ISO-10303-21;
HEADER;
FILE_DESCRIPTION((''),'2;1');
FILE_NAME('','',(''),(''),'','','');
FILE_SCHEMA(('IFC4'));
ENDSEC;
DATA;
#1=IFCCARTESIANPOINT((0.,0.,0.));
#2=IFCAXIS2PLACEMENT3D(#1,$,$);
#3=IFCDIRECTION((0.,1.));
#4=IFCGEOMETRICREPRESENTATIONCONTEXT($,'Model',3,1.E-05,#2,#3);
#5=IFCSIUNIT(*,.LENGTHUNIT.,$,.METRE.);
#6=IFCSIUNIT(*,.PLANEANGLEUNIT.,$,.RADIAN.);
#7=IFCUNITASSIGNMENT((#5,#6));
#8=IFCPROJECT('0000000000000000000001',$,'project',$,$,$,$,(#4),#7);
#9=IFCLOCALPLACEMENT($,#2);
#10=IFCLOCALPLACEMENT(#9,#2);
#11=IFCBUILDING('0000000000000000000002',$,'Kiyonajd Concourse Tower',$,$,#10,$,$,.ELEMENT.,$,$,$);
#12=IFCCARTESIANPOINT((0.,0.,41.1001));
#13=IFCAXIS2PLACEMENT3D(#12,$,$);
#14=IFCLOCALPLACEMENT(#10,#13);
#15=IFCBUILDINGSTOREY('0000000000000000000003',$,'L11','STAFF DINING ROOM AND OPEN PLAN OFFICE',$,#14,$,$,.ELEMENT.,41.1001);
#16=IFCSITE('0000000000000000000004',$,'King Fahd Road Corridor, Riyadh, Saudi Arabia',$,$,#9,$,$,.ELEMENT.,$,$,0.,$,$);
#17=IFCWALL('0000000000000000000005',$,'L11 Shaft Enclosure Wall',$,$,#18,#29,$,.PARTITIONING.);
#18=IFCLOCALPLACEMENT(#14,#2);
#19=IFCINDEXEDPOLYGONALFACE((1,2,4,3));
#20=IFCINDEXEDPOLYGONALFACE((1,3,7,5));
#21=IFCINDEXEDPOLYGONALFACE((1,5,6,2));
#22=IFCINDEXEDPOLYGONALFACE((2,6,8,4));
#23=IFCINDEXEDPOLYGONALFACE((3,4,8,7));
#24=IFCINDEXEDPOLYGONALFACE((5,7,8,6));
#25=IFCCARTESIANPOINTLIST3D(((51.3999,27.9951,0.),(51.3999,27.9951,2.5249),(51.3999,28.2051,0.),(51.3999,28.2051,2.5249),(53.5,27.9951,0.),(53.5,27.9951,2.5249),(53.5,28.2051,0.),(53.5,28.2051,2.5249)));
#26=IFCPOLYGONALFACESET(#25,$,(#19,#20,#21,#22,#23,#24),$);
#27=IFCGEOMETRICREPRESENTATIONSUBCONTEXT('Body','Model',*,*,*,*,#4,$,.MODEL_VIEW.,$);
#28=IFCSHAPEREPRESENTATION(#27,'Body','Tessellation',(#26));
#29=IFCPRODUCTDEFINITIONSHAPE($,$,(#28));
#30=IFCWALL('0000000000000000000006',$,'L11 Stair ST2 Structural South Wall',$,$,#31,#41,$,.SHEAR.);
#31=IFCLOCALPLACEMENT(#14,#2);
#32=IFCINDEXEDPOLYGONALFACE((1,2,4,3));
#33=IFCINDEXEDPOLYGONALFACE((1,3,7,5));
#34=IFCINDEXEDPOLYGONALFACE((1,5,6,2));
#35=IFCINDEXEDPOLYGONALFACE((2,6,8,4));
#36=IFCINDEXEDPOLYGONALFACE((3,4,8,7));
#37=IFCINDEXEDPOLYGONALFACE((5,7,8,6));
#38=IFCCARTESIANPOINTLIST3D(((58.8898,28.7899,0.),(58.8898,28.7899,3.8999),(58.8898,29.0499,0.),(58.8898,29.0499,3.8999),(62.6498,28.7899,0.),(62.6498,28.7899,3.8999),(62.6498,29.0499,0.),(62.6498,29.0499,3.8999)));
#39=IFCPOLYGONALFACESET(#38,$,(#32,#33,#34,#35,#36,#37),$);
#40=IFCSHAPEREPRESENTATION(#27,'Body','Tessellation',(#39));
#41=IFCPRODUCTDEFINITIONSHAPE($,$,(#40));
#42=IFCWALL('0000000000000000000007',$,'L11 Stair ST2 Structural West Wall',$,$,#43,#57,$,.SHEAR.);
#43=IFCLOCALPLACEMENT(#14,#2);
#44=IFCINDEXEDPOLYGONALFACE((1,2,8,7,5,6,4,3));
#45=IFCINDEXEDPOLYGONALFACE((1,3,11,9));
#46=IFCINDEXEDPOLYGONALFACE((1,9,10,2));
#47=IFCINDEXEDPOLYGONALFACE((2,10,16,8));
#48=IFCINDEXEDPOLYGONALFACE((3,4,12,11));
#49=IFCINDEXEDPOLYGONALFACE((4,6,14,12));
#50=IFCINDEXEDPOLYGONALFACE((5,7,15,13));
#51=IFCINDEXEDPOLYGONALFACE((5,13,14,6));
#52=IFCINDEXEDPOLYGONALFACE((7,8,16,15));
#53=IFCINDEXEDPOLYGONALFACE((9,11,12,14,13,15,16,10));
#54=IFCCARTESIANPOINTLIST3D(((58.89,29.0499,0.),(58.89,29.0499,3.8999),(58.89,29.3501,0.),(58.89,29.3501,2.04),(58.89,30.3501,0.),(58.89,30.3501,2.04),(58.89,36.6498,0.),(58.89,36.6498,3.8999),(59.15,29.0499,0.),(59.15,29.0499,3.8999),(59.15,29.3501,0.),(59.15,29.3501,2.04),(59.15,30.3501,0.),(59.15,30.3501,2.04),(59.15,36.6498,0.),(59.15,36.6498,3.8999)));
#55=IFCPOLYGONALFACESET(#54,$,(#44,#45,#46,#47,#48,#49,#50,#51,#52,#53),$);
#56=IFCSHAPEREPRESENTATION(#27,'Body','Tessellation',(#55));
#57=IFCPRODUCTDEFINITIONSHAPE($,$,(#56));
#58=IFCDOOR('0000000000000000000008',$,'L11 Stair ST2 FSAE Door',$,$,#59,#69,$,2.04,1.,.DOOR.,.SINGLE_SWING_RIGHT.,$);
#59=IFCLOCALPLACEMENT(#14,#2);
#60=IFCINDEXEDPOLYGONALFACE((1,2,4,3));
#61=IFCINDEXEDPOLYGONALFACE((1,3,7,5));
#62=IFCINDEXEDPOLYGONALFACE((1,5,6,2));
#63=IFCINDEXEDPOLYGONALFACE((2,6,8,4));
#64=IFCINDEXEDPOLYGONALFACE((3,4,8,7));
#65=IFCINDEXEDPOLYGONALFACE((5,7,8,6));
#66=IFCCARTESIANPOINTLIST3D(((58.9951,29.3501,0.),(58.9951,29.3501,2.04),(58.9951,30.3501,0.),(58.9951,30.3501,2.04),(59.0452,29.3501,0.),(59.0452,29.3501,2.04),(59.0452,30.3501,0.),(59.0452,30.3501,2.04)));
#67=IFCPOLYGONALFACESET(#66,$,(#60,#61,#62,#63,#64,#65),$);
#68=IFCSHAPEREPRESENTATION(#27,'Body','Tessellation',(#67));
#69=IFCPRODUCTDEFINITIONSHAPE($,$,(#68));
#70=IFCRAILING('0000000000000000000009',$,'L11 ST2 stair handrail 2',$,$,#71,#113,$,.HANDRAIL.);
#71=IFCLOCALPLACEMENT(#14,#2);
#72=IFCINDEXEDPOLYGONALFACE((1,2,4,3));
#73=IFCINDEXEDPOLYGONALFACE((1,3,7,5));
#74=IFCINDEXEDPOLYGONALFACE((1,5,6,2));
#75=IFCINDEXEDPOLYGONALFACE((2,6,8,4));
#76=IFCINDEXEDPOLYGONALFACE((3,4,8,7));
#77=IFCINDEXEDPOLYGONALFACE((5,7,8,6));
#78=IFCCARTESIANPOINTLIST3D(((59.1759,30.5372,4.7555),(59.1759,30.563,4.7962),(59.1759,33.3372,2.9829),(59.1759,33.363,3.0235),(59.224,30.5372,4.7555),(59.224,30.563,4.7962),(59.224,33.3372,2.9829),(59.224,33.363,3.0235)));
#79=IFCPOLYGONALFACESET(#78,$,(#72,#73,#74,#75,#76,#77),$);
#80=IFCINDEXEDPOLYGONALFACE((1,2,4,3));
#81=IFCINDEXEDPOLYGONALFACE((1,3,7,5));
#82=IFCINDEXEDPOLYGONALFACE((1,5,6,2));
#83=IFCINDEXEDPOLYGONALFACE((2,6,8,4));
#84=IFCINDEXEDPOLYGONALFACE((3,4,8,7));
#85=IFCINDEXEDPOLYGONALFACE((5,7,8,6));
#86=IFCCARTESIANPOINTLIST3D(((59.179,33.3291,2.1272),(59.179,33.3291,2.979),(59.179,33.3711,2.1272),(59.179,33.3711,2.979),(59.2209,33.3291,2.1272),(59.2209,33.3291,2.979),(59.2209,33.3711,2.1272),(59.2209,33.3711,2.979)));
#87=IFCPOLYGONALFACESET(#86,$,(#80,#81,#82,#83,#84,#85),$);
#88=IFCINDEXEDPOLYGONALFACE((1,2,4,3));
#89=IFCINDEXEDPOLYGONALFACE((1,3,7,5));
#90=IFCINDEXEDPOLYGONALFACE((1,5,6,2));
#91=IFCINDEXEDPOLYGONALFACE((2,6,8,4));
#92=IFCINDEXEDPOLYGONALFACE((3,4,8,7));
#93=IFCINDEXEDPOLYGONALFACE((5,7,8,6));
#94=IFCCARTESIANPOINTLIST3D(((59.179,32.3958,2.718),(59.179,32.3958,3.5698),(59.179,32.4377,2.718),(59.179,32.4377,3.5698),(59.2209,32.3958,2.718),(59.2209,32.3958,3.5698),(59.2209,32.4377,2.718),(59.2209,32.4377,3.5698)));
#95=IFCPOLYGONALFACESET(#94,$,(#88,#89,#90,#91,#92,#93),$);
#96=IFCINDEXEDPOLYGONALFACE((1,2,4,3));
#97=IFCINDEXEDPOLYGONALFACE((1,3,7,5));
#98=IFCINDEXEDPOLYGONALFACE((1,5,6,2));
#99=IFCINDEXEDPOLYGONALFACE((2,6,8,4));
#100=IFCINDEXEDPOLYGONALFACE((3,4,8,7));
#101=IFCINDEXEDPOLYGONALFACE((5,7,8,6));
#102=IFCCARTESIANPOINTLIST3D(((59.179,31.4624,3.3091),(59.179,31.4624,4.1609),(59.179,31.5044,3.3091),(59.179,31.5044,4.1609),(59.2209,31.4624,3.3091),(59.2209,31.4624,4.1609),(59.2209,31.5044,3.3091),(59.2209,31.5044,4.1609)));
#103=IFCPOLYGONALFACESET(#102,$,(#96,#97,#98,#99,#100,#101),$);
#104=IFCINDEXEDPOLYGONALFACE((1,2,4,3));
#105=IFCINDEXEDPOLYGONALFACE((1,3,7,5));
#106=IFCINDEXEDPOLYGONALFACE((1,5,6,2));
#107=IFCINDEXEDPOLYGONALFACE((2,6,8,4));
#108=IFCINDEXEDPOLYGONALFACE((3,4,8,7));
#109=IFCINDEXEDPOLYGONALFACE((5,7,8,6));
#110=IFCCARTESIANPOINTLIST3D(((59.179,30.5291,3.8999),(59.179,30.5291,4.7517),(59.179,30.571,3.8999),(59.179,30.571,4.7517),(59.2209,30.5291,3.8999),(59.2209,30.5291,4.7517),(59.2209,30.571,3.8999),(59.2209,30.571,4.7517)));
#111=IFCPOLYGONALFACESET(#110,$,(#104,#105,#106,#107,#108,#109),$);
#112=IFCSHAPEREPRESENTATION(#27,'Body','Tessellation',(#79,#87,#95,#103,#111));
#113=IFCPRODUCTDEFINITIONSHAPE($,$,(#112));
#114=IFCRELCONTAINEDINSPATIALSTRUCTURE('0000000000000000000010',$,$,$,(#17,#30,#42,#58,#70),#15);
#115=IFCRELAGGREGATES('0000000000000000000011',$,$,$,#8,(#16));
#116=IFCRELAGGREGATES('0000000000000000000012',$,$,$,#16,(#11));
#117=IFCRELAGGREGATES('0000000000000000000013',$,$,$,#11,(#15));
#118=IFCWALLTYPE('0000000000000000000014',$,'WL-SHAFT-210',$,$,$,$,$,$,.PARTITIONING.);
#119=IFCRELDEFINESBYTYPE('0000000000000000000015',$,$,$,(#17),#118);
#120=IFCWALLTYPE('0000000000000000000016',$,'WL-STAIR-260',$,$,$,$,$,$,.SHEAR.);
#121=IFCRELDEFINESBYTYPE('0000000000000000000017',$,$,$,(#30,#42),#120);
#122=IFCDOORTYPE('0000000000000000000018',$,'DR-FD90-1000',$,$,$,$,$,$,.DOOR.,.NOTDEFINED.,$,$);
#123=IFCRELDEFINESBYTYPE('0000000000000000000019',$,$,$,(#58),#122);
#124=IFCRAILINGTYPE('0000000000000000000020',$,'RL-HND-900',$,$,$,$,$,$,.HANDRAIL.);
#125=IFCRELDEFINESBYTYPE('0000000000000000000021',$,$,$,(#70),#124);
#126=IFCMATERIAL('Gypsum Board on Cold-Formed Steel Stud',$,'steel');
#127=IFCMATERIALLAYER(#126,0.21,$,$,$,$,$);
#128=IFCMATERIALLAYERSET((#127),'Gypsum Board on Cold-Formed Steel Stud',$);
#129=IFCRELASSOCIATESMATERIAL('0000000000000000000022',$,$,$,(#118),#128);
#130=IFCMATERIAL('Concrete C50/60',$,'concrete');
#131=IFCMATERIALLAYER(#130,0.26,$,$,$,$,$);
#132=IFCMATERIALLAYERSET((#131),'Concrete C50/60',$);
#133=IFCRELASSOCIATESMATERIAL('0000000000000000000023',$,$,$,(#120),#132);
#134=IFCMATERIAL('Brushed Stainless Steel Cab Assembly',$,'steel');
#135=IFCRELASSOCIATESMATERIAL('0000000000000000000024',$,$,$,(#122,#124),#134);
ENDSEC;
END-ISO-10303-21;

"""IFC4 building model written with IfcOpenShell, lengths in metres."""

from ifc_helpers import new_model, si_unit, direction, frame, frame_2d, origin, origin_2d, place, context, subcontext, project, spatial, rectangle, extrude, material, layer, layer_set, type_object, element, fill, save


model = new_model("IFC4")

# Units and contexts
model_context = context("Model", 3, precision=1e-05, world=origin(), true_north=direction((0.0, 1.0)))
body_context = subcontext(model_context, "Body", "Model", "MODEL_VIEW")
ifc_project = project(units=[si_unit("LENGTHUNIT", "METRE"), si_unit("PLANEANGLEUNIT", "RADIAN")], contexts=[model_context])

# Site, building, storey
site_placement = place(None, origin())
site = spatial("IfcSite", under=ifc_project, at=site_placement, Name="King Fahd Road Corridor, Riyadh, Saudi Arabia", CompositionType="ELEMENT", RefElevation=0.0)
building_placement = place(site_placement, origin())
building = spatial("IfcBuilding", under=site, at=building_placement, Name="Kiyonajd Concourse Tower", CompositionType="ELEMENT")
storey_placement = place(building_placement, frame((0.0, 0.0, 41.1001)))
storey = spatial("IfcBuildingStorey", under=building, at=storey_placement, Name="L11", Description="STAFF DINING ROOM AND OPEN PLAN OFFICE", CompositionType="ELEMENT", Elevation=41.1001)

# Shared definitions
ifc_material_1 = material(Name="Concrete C50/60", Category="concrete")

# Shared definitions
ifc_material_2 = material(Name="Brushed Stainless Steel Cab Assembly", Category="steel")
ifc_material_3 = material(Name="Gypsum Board on Cold-Formed Steel Stud", Category="steel")
ifc_layer_1 = layer(ifc_material_3, 0.21)
ifc_layer_set_1 = layer_set([ifc_layer_1], Name="Gypsum Board on Cold-Formed Steel Stud")
wall_type_1 = type_object("IfcWallType", Name="WL-SHAFT-210", PredefinedType="PARTITIONING", material=ifc_layer_set_1)

# Walls
wall_1_placement = place(storey_placement, frame((51.3999, 28.1001, 0.0), z_axis=(0.0, 0.0, 1.0), x_axis=(1.0, 0.0, 0.0)))
element("IfcWall", 1, at=wall_1_placement, inside=storey, type_object=wall_type_1, Name="L11 Shaft Enclosure Wall", PredefinedType="PARTITIONING", context=body_context, shape_type="SweptSolid", body=[
    extrude(rectangle(XDim=2.1001, YDim=0.21, at=frame_2d((1.05, 0.0))), origin(), (0.0, 0.0, 1.0), 2.5249),
])
ifc_layer_2 = layer(ifc_material_1, 0.26)
ifc_layer_set_2 = layer_set([ifc_layer_2], Name="Concrete C50/60")
wall_type_2 = type_object("IfcWallType", Name="WL-STAIR-260", PredefinedType="SHEAR", material=ifc_layer_set_2)
wall_2_placement = place(storey_placement, frame((58.8899, 28.9199, 0.0), z_axis=(0.0, 0.0, 1.0), x_axis=(1.0, 0.0, 0.0)))
element("IfcWall", 2, at=wall_2_placement, inside=storey, type_object=wall_type_2, Name="L11 Stair ST2 Structural South Wall", PredefinedType="SHEAR", context=body_context, shape_type="SweptSolid", body=[
    extrude(rectangle(XDim=3.76, YDim=0.26, at=frame_2d((1.8799, 0.0))), origin(), (0.0, 0.0, 1.0), 3.8999),
])

# Wall, opening, door
wall_3_placement = place(storey_placement, frame((59.02, 29.05, 0.0), z_axis=(0.0, 0.0, 1.0), x_axis=(0.0, 1.0, 0.0)))
wall_3 = element("IfcWall", 3, at=wall_3_placement, inside=storey, type_object=wall_type_2, Name="L11 Stair ST2 Structural West Wall", PredefinedType="SHEAR", context=body_context, shape_type="SweptSolid", body=[
    extrude(rectangle(XDim=7.5999, YDim=0.26, at=frame_2d((3.7998, 0.0))), origin(), (0.0, 0.0, 1.0), 3.8999),
])
opening_1_placement = place(wall_3_placement, frame((0.3, 0.0, 0.0)))
opening_1 = element("IfcOpeningElement", 4, at=opening_1_placement, cuts=wall_3, PredefinedType="OPENING", context=body_context, shape_type="SweptSolid", body=[
    extrude(rectangle(XDim=1.0, YDim=2.04, at=frame_2d((0.5, 1.02))), frame((0.0, 0.1399, 0.0), z_axis=(0.0, -1.0, 0.0), x_axis=(1.0, 0.0, 0.0)), (0.0, 0.0, 1.0), 0.28),
])
door_type_1 = type_object("IfcDoorType", Name="DR-FD90-1000", OperationType="NOTDEFINED", PredefinedType="DOOR", material=ifc_material_2)
door_1_placement = place(opening_1_placement, origin())
door_1 = element("IfcDoor", 5, at=door_1_placement, inside=storey, type_object=door_type_1, Name="L11 Stair ST2 FSAE Door", OperationType="SINGLE_SWING_RIGHT", OverallHeight=2.04, OverallWidth=1.0, PredefinedType="DOOR", context=body_context, shape_type="SweptSolid", body=[
    extrude(rectangle(XDim=1.0, YDim=2.04, at=frame_2d((0.5, 1.02))), frame((0.0, 0.0249, 0.0), z_axis=(0.0, -1.0, 0.0), x_axis=(1.0, 0.0, 0.0)), (0.0, 0.0, 1.0), 0.05),
])
fill(opening_1, door_1)

# Railing
railing_type = type_object("IfcRailingType", Name="RL-HND-900", PredefinedType="HANDRAIL", material=ifc_material_2)
railing_placement = place(storey_placement, frame((59.2, 33.3501, 2.1272)))
element("IfcRailing", 6, at=railing_placement, inside=storey, type_object=railing_type, Name="L11 ST2 stair handrail 2", PredefinedType="HANDRAIL", context=body_context, shape_type="SweptSolid", body=[
    extrude(rectangle(XDim=0.0481, YDim=0.0481, at=origin_2d()), frame((0.0, 0.0, 0.876), z_axis=(0.0, -0.844909, 0.53491), x_axis=(1.0, 0.0, 0.0)), (0.0, 0.0, 1.0), 3.314),
    extrude(rectangle(XDim=0.042, YDim=0.042, at=origin_2d()), origin(), (0.0, 0.0, 1.0), 0.8518),
    extrude(rectangle(XDim=0.042, YDim=0.042, at=origin_2d()), frame((0.0, -0.9333, 0.5908)), (0.0, 0.0, 1.0), 0.8518),
    extrude(rectangle(XDim=0.042, YDim=0.042, at=origin_2d()), frame((0.0, -1.8667, 1.1819)), (0.0, 0.0, 1.0), 0.8518),
    extrude(rectangle(XDim=0.042, YDim=0.042, at=origin_2d()), frame((0.0, -2.8, 1.7727)), (0.0, 0.0, 1.0), 0.8518),
])

save(model, "model.ifc")
